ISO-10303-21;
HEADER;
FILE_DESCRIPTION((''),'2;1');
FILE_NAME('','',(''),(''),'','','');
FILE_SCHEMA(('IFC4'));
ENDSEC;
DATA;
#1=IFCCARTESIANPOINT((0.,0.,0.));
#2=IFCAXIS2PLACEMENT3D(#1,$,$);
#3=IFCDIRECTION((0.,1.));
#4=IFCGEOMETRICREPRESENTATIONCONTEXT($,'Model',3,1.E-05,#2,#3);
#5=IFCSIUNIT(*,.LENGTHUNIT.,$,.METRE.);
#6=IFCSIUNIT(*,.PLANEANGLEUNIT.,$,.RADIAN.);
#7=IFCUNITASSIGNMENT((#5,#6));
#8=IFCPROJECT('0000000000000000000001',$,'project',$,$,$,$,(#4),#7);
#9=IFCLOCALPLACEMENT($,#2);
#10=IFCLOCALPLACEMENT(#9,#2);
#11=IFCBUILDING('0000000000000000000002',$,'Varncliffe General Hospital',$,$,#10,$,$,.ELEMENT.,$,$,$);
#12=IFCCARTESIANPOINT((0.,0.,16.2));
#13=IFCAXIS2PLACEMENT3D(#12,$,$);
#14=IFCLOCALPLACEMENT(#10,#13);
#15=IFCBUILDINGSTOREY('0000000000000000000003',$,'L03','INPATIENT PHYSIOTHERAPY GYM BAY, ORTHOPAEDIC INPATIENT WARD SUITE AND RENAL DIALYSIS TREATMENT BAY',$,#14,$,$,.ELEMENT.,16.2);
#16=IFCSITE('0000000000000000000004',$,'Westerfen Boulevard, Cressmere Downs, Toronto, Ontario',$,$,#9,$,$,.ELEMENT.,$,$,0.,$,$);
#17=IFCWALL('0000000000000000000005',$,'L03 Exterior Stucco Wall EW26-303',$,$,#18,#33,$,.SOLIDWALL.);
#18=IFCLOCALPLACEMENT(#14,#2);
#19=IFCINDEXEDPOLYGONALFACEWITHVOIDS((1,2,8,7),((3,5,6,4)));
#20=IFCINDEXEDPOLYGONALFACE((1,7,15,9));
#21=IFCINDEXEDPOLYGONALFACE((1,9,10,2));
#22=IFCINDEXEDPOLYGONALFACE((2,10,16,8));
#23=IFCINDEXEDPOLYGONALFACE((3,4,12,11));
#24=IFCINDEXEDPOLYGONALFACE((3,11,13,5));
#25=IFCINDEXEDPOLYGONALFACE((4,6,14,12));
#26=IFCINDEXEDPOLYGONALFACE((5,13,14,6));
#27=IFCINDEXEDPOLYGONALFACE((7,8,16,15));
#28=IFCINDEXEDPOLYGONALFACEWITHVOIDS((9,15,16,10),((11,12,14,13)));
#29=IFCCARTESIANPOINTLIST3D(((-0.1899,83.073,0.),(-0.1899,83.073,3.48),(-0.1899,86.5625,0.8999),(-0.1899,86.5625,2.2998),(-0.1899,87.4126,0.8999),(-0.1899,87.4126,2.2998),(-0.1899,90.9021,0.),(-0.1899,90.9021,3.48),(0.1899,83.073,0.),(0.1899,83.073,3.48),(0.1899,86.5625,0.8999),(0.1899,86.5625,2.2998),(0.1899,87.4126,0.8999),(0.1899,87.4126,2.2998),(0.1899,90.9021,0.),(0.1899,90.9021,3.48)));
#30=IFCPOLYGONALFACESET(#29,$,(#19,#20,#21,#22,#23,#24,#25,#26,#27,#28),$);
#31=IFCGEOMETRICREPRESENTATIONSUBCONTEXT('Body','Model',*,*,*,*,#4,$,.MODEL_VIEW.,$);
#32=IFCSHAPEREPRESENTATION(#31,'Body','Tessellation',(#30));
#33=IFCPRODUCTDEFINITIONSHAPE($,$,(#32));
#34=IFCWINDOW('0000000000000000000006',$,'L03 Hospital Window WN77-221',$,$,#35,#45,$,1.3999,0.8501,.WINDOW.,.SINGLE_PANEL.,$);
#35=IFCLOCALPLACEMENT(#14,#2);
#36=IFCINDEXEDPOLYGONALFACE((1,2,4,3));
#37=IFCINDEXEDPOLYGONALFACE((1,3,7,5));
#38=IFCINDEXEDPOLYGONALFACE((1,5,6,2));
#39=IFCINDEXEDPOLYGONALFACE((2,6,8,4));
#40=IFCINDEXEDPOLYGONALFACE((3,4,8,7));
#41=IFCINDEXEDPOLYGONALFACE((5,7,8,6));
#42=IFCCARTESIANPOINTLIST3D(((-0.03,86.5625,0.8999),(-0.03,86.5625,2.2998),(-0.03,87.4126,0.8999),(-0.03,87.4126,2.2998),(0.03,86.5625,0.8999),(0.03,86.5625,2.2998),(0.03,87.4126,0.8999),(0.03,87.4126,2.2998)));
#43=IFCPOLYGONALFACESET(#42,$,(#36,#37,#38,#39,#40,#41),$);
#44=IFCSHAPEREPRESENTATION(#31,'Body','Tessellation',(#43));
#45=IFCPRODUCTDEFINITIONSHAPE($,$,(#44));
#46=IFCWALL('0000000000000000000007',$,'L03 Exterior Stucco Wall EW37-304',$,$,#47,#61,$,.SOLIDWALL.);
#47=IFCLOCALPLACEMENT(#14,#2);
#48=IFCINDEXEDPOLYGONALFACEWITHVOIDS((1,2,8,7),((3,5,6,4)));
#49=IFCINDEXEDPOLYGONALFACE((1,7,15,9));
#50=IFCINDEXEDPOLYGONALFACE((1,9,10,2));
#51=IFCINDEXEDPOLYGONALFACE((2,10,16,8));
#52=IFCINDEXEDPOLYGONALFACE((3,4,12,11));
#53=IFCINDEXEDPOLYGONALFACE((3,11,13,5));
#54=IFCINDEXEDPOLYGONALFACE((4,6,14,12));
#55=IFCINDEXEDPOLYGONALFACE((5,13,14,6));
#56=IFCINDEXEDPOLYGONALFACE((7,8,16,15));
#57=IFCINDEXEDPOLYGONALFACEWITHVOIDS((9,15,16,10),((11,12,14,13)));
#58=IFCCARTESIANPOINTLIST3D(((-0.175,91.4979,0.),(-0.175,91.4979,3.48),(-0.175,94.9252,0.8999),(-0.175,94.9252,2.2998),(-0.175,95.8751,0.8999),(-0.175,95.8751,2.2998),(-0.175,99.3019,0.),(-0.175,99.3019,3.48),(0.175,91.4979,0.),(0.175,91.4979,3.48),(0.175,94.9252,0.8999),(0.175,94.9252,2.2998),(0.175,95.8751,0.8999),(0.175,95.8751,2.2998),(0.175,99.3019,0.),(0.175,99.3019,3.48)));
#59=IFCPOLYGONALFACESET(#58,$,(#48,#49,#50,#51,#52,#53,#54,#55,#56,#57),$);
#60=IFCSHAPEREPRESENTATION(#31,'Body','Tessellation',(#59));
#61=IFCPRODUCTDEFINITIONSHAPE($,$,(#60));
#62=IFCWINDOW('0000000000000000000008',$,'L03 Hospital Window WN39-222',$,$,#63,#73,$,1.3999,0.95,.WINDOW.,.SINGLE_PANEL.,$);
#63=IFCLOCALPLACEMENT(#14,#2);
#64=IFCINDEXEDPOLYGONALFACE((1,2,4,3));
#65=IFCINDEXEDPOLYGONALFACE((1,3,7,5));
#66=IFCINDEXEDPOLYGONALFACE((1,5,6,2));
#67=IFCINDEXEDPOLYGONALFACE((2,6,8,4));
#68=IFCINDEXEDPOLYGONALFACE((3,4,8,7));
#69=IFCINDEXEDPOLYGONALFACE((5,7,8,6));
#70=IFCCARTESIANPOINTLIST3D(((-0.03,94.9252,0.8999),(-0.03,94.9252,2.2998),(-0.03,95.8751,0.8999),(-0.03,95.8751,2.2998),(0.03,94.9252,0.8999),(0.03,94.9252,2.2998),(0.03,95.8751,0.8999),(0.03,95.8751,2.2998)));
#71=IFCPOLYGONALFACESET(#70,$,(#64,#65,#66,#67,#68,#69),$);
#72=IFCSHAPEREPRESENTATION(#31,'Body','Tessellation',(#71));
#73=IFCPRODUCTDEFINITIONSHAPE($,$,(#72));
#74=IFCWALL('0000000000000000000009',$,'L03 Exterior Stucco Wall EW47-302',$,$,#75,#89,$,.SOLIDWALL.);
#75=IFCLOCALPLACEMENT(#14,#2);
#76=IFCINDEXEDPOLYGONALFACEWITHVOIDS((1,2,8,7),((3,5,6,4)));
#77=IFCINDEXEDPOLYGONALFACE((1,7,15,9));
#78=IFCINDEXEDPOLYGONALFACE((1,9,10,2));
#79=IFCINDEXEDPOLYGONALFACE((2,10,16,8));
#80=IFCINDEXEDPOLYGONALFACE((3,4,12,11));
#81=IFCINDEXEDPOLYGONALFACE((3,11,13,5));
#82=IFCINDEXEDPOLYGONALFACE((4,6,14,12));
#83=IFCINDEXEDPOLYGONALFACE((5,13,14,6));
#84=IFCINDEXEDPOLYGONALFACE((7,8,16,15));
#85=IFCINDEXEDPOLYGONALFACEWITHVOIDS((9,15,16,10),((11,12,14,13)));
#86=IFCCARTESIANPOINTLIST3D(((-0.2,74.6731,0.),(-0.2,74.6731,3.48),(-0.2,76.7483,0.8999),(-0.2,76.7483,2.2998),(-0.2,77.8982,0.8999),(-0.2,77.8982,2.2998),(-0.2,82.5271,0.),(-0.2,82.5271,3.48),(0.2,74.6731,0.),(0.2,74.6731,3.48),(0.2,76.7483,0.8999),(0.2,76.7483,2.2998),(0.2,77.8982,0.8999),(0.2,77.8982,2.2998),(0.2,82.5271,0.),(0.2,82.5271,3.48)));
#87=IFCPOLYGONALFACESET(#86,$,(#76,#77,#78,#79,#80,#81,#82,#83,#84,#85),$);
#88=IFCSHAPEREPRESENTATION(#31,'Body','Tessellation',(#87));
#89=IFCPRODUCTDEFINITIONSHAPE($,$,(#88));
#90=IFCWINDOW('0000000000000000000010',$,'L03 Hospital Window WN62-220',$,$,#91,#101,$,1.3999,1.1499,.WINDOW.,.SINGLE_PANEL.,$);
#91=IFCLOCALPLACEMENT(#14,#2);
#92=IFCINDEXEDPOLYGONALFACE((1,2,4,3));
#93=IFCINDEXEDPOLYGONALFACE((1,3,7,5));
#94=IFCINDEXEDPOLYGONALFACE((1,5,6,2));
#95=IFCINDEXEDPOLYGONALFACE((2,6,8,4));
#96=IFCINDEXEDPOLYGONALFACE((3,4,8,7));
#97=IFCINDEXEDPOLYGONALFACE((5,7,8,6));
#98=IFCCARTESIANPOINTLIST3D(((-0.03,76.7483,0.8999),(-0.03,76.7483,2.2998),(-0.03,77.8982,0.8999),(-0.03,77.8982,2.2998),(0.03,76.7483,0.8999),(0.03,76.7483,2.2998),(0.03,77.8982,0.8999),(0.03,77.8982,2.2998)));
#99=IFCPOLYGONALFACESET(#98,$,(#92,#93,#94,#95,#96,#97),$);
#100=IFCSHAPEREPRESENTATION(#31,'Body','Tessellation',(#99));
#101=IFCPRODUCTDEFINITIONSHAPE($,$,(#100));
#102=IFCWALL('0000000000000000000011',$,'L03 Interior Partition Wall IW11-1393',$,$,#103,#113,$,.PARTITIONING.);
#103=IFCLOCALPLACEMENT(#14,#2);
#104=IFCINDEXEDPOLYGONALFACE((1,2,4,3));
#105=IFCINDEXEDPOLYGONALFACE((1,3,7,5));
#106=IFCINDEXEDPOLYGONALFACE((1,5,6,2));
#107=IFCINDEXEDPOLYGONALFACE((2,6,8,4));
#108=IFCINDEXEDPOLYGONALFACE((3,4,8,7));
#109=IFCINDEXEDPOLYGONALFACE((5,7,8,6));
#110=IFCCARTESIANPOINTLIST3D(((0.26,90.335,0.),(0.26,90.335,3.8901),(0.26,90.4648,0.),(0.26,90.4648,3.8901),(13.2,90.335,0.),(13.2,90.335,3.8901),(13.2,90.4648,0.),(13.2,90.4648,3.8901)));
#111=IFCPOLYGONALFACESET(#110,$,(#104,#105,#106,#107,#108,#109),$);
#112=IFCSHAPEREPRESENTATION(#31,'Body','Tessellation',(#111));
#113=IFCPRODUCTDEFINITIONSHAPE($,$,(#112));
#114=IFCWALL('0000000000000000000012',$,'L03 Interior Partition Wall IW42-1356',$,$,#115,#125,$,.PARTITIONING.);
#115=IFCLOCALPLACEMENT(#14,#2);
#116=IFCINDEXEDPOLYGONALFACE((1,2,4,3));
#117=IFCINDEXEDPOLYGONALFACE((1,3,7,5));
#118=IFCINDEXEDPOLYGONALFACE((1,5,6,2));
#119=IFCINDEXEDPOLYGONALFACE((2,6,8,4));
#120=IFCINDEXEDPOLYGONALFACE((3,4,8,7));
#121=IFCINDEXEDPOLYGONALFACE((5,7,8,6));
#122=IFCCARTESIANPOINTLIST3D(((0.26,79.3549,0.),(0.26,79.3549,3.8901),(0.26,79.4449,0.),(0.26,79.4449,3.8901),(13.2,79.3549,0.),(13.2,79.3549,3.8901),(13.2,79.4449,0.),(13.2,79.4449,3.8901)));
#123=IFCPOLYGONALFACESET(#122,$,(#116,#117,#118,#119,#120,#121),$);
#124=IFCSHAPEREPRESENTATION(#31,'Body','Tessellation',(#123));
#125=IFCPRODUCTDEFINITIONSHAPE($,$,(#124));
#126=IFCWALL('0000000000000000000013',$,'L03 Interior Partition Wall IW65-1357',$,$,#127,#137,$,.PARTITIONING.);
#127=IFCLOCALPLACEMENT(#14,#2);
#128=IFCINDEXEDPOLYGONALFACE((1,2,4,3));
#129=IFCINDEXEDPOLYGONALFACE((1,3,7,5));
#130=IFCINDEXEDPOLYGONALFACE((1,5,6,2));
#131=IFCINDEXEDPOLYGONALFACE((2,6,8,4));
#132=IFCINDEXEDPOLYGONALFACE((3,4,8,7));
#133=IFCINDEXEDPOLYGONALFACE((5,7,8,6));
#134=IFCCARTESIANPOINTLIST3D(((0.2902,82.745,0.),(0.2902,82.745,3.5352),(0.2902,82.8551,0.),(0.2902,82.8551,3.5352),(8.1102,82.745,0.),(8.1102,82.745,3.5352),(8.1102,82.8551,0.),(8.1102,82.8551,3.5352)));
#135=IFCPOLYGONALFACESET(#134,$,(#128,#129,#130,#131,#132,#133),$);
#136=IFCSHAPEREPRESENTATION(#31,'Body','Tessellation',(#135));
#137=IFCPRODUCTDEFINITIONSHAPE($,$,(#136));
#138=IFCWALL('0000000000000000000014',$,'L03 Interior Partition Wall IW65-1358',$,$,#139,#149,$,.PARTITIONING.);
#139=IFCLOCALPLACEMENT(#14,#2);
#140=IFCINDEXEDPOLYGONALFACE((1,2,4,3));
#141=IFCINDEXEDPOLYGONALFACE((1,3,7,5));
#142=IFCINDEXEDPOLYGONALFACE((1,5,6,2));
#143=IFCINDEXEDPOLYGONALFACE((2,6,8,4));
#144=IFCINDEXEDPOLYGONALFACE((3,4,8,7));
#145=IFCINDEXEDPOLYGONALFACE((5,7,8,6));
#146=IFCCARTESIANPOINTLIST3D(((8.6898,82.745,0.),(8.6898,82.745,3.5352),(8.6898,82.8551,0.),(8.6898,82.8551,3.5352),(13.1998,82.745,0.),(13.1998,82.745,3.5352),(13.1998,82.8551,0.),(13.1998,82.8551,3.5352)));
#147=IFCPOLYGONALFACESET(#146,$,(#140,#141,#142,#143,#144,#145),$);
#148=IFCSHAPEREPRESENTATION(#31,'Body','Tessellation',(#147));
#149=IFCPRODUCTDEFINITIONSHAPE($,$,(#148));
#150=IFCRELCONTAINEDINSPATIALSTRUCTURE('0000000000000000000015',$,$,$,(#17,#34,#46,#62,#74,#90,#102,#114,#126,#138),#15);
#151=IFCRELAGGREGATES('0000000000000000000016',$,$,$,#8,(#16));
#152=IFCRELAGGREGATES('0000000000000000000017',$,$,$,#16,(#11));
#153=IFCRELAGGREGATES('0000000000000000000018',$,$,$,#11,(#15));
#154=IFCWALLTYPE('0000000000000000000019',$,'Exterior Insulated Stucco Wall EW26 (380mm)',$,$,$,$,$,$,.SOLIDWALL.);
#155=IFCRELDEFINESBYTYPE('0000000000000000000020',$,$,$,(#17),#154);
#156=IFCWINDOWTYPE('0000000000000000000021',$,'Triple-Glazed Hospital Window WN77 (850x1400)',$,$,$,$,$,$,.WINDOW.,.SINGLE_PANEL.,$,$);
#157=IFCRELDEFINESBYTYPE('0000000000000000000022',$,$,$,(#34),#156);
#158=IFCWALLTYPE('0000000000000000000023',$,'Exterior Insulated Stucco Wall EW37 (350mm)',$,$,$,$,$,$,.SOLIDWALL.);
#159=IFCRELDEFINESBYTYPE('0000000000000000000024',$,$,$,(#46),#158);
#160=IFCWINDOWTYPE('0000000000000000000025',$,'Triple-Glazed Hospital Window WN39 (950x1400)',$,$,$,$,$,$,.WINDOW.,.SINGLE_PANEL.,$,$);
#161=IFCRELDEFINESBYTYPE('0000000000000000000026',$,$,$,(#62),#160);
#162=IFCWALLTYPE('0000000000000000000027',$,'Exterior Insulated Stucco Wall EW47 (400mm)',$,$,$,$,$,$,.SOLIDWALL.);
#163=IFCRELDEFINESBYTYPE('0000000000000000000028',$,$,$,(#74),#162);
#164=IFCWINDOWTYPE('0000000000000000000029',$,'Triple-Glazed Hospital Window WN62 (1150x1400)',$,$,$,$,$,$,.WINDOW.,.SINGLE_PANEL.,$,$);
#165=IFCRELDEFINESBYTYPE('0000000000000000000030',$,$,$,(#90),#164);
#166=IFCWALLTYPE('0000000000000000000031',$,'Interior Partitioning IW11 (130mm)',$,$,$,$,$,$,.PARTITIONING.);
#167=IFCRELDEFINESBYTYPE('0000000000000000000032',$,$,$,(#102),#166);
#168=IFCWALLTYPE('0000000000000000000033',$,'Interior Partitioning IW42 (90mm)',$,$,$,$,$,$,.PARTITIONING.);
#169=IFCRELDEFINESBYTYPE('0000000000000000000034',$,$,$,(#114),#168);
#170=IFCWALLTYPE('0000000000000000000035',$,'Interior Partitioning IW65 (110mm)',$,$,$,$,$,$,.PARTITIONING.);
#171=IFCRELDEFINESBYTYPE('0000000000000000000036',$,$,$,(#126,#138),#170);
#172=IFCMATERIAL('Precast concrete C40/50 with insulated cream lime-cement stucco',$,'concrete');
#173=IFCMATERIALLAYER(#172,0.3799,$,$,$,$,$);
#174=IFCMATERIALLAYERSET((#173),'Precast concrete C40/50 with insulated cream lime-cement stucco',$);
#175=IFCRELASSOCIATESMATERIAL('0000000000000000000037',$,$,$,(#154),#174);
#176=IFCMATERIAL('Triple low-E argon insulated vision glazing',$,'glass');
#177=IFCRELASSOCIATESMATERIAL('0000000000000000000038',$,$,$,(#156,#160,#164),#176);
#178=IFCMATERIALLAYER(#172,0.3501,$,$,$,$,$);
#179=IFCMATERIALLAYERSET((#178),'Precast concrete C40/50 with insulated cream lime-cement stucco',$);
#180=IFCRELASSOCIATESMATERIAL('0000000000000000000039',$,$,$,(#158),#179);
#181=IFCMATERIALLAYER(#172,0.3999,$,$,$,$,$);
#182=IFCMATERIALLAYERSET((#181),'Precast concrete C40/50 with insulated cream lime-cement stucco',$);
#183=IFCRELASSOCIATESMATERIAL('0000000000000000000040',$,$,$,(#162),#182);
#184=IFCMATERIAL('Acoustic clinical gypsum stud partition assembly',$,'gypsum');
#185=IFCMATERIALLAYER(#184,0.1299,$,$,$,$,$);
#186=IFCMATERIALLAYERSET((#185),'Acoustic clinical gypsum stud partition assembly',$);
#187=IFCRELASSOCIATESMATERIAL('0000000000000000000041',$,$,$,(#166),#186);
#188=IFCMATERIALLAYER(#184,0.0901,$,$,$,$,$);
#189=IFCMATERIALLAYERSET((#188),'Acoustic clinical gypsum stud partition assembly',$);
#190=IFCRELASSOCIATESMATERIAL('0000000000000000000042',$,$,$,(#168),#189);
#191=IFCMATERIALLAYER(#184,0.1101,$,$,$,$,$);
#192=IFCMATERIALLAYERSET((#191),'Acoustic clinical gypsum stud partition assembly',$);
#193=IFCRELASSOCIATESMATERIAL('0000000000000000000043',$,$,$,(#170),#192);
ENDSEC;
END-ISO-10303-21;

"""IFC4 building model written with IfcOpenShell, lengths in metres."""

from ifc_helpers import new_model, si_unit, direction, frame, frame_2d, origin, place, context, subcontext, project, spatial, rectangle, extrude, material, layer, layer_set, type_object, element, fill, save


model = new_model("IFC4")

# Units and contexts
model_context = context("Model", 3, precision=1e-05, world=origin(), true_north=direction((0.0, 1.0)))
body_context = subcontext(model_context, "Body", "Model", "MODEL_VIEW")
ifc_project = project(units=[si_unit("LENGTHUNIT", "METRE"), si_unit("PLANEANGLEUNIT", "RADIAN")], contexts=[model_context])

# Site, building, storey
site_placement = place(None, origin())
site = spatial("IfcSite", under=ifc_project, at=site_placement, Name="Westerfen Boulevard, Cressmere Downs, Toronto, Ontario", CompositionType="ELEMENT", RefElevation=0.0)
building_placement = place(site_placement, origin())
building = spatial("IfcBuilding", under=site, at=building_placement, Name="Varncliffe General Hospital", CompositionType="ELEMENT")
storey_placement = place(building_placement, frame((0.0, 0.0, 16.2)))
storey = spatial("IfcBuildingStorey", under=building, at=storey_placement, Name="L03", Description="INPATIENT PHYSIOTHERAPY GYM BAY, ORTHOPAEDIC INPATIENT WARD SUITE AND RENAL DIALYSIS TREATMENT BAY", CompositionType="ELEMENT", Elevation=16.2)

# Walls, openings, windows
ifc_material_1 = material(Name="Precast concrete C40/50 with insulated cream lime-cement stucco", Category="concrete")
ifc_layer_1 = layer(ifc_material_1, 0.3799)
ifc_layer_set_1 = layer_set([ifc_layer_1], Name="Precast concrete C40/50 with insulated cream lime-cement stucco")
wall_type_1 = type_object("IfcWallType", Name="Exterior Insulated Stucco Wall EW26 (380mm)", PredefinedType="SOLIDWALL", material=ifc_layer_set_1)
wall_1_placement = place(storey_placement, frame((0.0, 83.073, 0.0), z_axis=(0.0, 0.0, 1.0), x_axis=(0.0, 1.0, 0.0)))
wall_1 = element("IfcWall", 1, at=wall_1_placement, inside=storey, type_object=wall_type_1, Name="L03 Exterior Stucco Wall EW26-303", PredefinedType="SOLIDWALL", context=body_context, shape_type="SweptSolid", body=[
    extrude(rectangle(XDim=7.8291, YDim=0.3799, at=frame_2d((3.9146, 0.0))), origin(), (0.0, 0.0, 1.0), 3.48),
])
opening_1_placement = place(wall_1_placement, frame((3.4895, 0.0, 0.8999)))
opening_1 = element("IfcOpeningElement", 2, at=opening_1_placement, cuts=wall_1, PredefinedType="OPENING", context=body_context, shape_type="SweptSolid", body=[
    extrude(rectangle(XDim=0.8501, YDim=1.3999, at=frame_2d((0.425, 0.7))), frame((0.0, 0.2, 0.0), z_axis=(0.0, -1.0, 0.0), x_axis=(1.0, 0.0, 0.0)), (0.0, 0.0, 1.0), 0.3999),
])
ifc_material_2 = material(Name="Triple low-E argon insulated vision glazing", Category="glass")
window_type_1 = type_object("IfcWindowType", Name="Triple-Glazed Hospital Window WN77 (850x1400)", PartitioningType="SINGLE_PANEL", PredefinedType="WINDOW", material=ifc_material_2)
window_1_placement = place(opening_1_placement, origin())
window_1 = element("IfcWindow", 3, at=window_1_placement, inside=storey, type_object=window_type_1, Name="L03 Hospital Window WN77-221", OverallHeight=1.3999, OverallWidth=0.8501, PartitioningType="SINGLE_PANEL", PredefinedType="WINDOW", context=body_context, shape_type="SweptSolid", body=[
    extrude(rectangle(XDim=0.8501, YDim=1.3999, at=frame_2d((0.425, 0.7))), frame((0.0, 0.03, 0.0), z_axis=(0.0, -1.0, 0.0), x_axis=(1.0, 0.0, 0.0)), (0.0, 0.0, 1.0), 0.0601),
])
fill(opening_1, window_1)
ifc_layer_2 = layer(ifc_material_1, 0.3501)
ifc_layer_set_2 = layer_set([ifc_layer_2], Name="Precast concrete C40/50 with insulated cream lime-cement stucco")
wall_type_2 = type_object("IfcWallType", Name="Exterior Insulated Stucco Wall EW37 (350mm)", PredefinedType="SOLIDWALL", material=ifc_layer_set_2)
wall_2_placement = place(storey_placement, frame((0.0, 91.498, 0.0), z_axis=(0.0, 0.0, 1.0), x_axis=(0.0, 1.0, 0.0)))
wall_2 = element("IfcWall", 4, at=wall_2_placement, inside=storey, type_object=wall_type_2, Name="L03 Exterior Stucco Wall EW37-304", PredefinedType="SOLIDWALL", context=body_context, shape_type="SweptSolid", body=[
    extrude(rectangle(XDim=7.804, YDim=0.3501, at=frame_2d((3.9019, 0.0))), origin(), (0.0, 0.0, 1.0), 3.48),
])
opening_2_placement = place(wall_2_placement, frame((3.427, 0.0, 0.8999)))
opening_2 = element("IfcOpeningElement", 5, at=opening_2_placement, cuts=wall_2, PredefinedType="OPENING", context=body_context, shape_type="SweptSolid", body=[
    extrude(rectangle(XDim=0.95, YDim=1.3999, at=frame_2d((0.4751, 0.7))), frame((0.0, 0.1851, 0.0), z_axis=(0.0, -1.0, 0.0), x_axis=(1.0, 0.0, 0.0)), (0.0, 0.0, 1.0), 0.3701),
])
window_type_2 = type_object("IfcWindowType", Name="Triple-Glazed Hospital Window WN39 (950x1400)", PartitioningType="SINGLE_PANEL", PredefinedType="WINDOW", material=ifc_material_2)
window_2_placement = place(opening_2_placement, origin())
window_2 = element("IfcWindow", 6, at=window_2_placement, inside=storey, type_object=window_type_2, Name="L03 Hospital Window WN39-222", OverallHeight=1.3999, OverallWidth=0.95, PartitioningType="SINGLE_PANEL", PredefinedType="WINDOW", context=body_context, shape_type="SweptSolid", body=[
    extrude(rectangle(XDim=0.95, YDim=1.3999, at=frame_2d((0.4751, 0.7))), frame((0.0, 0.03, 0.0), z_axis=(0.0, -1.0, 0.0), x_axis=(1.0, 0.0, 0.0)), (0.0, 0.0, 1.0), 0.0601),
])
fill(opening_2, window_2)
ifc_layer_3 = layer(ifc_material_1, 0.3999)
ifc_layer_set_3 = layer_set([ifc_layer_3], Name="Precast concrete C40/50 with insulated cream lime-cement stucco")
wall_type_3 = type_object("IfcWallType", Name="Exterior Insulated Stucco Wall EW47 (400mm)", PredefinedType="SOLIDWALL", material=ifc_layer_set_3)
wall_3_placement = place(storey_placement, frame((0.0, 74.6731, 0.0), z_axis=(0.0, 0.0, 1.0), x_axis=(0.0, 1.0, 0.0)))
wall_3 = element("IfcWall", 7, at=wall_3_placement, inside=storey, type_object=wall_type_3, Name="L03 Exterior Stucco Wall EW47-302", PredefinedType="SOLIDWALL", context=body_context, shape_type="SweptSolid", body=[
    extrude(rectangle(XDim=7.854, YDim=0.3999, at=frame_2d((3.927, 0.0))), origin(), (0.0, 0.0, 1.0), 3.48),
])
opening_3_placement = place(wall_3_placement, frame((2.0752, 0.0, 0.8999)))
opening_3 = element("IfcOpeningElement", 8, at=opening_3_placement, cuts=wall_3, PredefinedType="OPENING", context=body_context, shape_type="SweptSolid", body=[
    extrude(rectangle(XDim=1.1499, YDim=1.3999, at=frame_2d((0.575, 0.7))), frame((0.0, 0.21, 0.0), z_axis=(0.0, -1.0, 0.0), x_axis=(1.0, 0.0, 0.0)), (0.0, 0.0, 1.0), 0.4199),
])
window_type_3 = type_object("IfcWindowType", Name="Triple-Glazed Hospital Window WN62 (1150x1400)", PartitioningType="SINGLE_PANEL", PredefinedType="WINDOW", material=ifc_material_2)
window_3_placement = place(opening_3_placement, origin())
window_3 = element("IfcWindow", 9, at=window_3_placement, inside=storey, type_object=window_type_3, Name="L03 Hospital Window WN62-220", OverallHeight=1.3999, OverallWidth=1.1499, PartitioningType="SINGLE_PANEL", PredefinedType="WINDOW", context=body_context, shape_type="SweptSolid", body=[
    extrude(rectangle(XDim=1.1499, YDim=1.3999, at=frame_2d((0.575, 0.7))), frame((0.0, 0.03, 0.0), z_axis=(0.0, -1.0, 0.0), x_axis=(1.0, 0.0, 0.0)), (0.0, 0.0, 1.0), 0.0601),
])
fill(opening_3, window_3)

# Walls
ifc_material_3 = material(Name="Acoustic clinical gypsum stud partition assembly", Category="gypsum")
ifc_layer_4 = layer(ifc_material_3, 0.1299)
ifc_layer_set_4 = layer_set([ifc_layer_4], Name="Acoustic clinical gypsum stud partition assembly")
wall_type_4 = type_object("IfcWallType", Name="Interior Partitioning IW11 (130mm)", PredefinedType="PARTITIONING", material=ifc_layer_set_4)
wall_4_placement = place(storey_placement, frame((0.26, 90.3999, 0.0), z_axis=(0.0, 0.0, 1.0), x_axis=(1.0, 0.0, 0.0)))
element("IfcWall", 10, at=wall_4_placement, inside=storey, type_object=wall_type_4, Name="L03 Interior Partition Wall IW11-1393", PredefinedType="PARTITIONING", context=body_context, shape_type="SweptSolid", body=[
    extrude(rectangle(XDim=12.9399, YDim=0.1299, at=frame_2d((6.47, 0.0))), origin(), (0.0, 0.0, 1.0), 3.8901),
])
ifc_layer_5 = layer(ifc_material_3, 0.0901)
ifc_layer_set_5 = layer_set([ifc_layer_5], Name="Acoustic clinical gypsum stud partition assembly")
wall_type_5 = type_object("IfcWallType", Name="Interior Partitioning IW42 (90mm)", PredefinedType="PARTITIONING", material=ifc_layer_set_5)
wall_5_placement = place(storey_placement, frame((0.26, 79.3999, 0.0), z_axis=(0.0, 0.0, 1.0), x_axis=(1.0, 0.0, 0.0)))
element("IfcWall", 11, at=wall_5_placement, inside=storey, type_object=wall_type_5, Name="L03 Interior Partition Wall IW42-1356", PredefinedType="PARTITIONING", context=body_context, shape_type="SweptSolid", body=[
    extrude(rectangle(XDim=12.9399, YDim=0.0901, at=frame_2d((6.47, 0.0))), origin(), (0.0, 0.0, 1.0), 3.8901),
])
ifc_layer_6 = layer(ifc_material_3, 0.1101)
ifc_layer_set_6 = layer_set([ifc_layer_6], Name="Acoustic clinical gypsum stud partition assembly")
wall_type_6 = type_object("IfcWallType", Name="Interior Partitioning IW65 (110mm)", PredefinedType="PARTITIONING", material=ifc_layer_set_6)
wall_6_placement = place(storey_placement, frame((0.29, 82.8, 0.0), z_axis=(0.0, 0.0, 1.0), x_axis=(1.0, 0.0, 0.0)))
element("IfcWall", 12, at=wall_6_placement, inside=storey, type_object=wall_type_6, Name="L03 Interior Partition Wall IW65-1357", PredefinedType="PARTITIONING", context=body_context, shape_type="SweptSolid", body=[
    extrude(rectangle(XDim=7.8201, YDim=0.1101, at=frame_2d((3.9102, 0.0))), origin(), (0.0, 0.0, 1.0), 3.5352),
])
wall_7_placement = place(storey_placement, frame((8.6899, 82.8, 0.0), z_axis=(0.0, 0.0, 1.0), x_axis=(1.0, 0.0, 0.0)))
element("IfcWall", 13, at=wall_7_placement, inside=storey, type_object=wall_type_6, Name="L03 Interior Partition Wall IW65-1358", PredefinedType="PARTITIONING", context=body_context, shape_type="SweptSolid", body=[
    extrude(rectangle(XDim=4.51, YDim=0.1101, at=frame_2d((2.2549, 0.0))), origin(), (0.0, 0.0, 1.0), 3.5352),
])

save(model, "model.ifc")
